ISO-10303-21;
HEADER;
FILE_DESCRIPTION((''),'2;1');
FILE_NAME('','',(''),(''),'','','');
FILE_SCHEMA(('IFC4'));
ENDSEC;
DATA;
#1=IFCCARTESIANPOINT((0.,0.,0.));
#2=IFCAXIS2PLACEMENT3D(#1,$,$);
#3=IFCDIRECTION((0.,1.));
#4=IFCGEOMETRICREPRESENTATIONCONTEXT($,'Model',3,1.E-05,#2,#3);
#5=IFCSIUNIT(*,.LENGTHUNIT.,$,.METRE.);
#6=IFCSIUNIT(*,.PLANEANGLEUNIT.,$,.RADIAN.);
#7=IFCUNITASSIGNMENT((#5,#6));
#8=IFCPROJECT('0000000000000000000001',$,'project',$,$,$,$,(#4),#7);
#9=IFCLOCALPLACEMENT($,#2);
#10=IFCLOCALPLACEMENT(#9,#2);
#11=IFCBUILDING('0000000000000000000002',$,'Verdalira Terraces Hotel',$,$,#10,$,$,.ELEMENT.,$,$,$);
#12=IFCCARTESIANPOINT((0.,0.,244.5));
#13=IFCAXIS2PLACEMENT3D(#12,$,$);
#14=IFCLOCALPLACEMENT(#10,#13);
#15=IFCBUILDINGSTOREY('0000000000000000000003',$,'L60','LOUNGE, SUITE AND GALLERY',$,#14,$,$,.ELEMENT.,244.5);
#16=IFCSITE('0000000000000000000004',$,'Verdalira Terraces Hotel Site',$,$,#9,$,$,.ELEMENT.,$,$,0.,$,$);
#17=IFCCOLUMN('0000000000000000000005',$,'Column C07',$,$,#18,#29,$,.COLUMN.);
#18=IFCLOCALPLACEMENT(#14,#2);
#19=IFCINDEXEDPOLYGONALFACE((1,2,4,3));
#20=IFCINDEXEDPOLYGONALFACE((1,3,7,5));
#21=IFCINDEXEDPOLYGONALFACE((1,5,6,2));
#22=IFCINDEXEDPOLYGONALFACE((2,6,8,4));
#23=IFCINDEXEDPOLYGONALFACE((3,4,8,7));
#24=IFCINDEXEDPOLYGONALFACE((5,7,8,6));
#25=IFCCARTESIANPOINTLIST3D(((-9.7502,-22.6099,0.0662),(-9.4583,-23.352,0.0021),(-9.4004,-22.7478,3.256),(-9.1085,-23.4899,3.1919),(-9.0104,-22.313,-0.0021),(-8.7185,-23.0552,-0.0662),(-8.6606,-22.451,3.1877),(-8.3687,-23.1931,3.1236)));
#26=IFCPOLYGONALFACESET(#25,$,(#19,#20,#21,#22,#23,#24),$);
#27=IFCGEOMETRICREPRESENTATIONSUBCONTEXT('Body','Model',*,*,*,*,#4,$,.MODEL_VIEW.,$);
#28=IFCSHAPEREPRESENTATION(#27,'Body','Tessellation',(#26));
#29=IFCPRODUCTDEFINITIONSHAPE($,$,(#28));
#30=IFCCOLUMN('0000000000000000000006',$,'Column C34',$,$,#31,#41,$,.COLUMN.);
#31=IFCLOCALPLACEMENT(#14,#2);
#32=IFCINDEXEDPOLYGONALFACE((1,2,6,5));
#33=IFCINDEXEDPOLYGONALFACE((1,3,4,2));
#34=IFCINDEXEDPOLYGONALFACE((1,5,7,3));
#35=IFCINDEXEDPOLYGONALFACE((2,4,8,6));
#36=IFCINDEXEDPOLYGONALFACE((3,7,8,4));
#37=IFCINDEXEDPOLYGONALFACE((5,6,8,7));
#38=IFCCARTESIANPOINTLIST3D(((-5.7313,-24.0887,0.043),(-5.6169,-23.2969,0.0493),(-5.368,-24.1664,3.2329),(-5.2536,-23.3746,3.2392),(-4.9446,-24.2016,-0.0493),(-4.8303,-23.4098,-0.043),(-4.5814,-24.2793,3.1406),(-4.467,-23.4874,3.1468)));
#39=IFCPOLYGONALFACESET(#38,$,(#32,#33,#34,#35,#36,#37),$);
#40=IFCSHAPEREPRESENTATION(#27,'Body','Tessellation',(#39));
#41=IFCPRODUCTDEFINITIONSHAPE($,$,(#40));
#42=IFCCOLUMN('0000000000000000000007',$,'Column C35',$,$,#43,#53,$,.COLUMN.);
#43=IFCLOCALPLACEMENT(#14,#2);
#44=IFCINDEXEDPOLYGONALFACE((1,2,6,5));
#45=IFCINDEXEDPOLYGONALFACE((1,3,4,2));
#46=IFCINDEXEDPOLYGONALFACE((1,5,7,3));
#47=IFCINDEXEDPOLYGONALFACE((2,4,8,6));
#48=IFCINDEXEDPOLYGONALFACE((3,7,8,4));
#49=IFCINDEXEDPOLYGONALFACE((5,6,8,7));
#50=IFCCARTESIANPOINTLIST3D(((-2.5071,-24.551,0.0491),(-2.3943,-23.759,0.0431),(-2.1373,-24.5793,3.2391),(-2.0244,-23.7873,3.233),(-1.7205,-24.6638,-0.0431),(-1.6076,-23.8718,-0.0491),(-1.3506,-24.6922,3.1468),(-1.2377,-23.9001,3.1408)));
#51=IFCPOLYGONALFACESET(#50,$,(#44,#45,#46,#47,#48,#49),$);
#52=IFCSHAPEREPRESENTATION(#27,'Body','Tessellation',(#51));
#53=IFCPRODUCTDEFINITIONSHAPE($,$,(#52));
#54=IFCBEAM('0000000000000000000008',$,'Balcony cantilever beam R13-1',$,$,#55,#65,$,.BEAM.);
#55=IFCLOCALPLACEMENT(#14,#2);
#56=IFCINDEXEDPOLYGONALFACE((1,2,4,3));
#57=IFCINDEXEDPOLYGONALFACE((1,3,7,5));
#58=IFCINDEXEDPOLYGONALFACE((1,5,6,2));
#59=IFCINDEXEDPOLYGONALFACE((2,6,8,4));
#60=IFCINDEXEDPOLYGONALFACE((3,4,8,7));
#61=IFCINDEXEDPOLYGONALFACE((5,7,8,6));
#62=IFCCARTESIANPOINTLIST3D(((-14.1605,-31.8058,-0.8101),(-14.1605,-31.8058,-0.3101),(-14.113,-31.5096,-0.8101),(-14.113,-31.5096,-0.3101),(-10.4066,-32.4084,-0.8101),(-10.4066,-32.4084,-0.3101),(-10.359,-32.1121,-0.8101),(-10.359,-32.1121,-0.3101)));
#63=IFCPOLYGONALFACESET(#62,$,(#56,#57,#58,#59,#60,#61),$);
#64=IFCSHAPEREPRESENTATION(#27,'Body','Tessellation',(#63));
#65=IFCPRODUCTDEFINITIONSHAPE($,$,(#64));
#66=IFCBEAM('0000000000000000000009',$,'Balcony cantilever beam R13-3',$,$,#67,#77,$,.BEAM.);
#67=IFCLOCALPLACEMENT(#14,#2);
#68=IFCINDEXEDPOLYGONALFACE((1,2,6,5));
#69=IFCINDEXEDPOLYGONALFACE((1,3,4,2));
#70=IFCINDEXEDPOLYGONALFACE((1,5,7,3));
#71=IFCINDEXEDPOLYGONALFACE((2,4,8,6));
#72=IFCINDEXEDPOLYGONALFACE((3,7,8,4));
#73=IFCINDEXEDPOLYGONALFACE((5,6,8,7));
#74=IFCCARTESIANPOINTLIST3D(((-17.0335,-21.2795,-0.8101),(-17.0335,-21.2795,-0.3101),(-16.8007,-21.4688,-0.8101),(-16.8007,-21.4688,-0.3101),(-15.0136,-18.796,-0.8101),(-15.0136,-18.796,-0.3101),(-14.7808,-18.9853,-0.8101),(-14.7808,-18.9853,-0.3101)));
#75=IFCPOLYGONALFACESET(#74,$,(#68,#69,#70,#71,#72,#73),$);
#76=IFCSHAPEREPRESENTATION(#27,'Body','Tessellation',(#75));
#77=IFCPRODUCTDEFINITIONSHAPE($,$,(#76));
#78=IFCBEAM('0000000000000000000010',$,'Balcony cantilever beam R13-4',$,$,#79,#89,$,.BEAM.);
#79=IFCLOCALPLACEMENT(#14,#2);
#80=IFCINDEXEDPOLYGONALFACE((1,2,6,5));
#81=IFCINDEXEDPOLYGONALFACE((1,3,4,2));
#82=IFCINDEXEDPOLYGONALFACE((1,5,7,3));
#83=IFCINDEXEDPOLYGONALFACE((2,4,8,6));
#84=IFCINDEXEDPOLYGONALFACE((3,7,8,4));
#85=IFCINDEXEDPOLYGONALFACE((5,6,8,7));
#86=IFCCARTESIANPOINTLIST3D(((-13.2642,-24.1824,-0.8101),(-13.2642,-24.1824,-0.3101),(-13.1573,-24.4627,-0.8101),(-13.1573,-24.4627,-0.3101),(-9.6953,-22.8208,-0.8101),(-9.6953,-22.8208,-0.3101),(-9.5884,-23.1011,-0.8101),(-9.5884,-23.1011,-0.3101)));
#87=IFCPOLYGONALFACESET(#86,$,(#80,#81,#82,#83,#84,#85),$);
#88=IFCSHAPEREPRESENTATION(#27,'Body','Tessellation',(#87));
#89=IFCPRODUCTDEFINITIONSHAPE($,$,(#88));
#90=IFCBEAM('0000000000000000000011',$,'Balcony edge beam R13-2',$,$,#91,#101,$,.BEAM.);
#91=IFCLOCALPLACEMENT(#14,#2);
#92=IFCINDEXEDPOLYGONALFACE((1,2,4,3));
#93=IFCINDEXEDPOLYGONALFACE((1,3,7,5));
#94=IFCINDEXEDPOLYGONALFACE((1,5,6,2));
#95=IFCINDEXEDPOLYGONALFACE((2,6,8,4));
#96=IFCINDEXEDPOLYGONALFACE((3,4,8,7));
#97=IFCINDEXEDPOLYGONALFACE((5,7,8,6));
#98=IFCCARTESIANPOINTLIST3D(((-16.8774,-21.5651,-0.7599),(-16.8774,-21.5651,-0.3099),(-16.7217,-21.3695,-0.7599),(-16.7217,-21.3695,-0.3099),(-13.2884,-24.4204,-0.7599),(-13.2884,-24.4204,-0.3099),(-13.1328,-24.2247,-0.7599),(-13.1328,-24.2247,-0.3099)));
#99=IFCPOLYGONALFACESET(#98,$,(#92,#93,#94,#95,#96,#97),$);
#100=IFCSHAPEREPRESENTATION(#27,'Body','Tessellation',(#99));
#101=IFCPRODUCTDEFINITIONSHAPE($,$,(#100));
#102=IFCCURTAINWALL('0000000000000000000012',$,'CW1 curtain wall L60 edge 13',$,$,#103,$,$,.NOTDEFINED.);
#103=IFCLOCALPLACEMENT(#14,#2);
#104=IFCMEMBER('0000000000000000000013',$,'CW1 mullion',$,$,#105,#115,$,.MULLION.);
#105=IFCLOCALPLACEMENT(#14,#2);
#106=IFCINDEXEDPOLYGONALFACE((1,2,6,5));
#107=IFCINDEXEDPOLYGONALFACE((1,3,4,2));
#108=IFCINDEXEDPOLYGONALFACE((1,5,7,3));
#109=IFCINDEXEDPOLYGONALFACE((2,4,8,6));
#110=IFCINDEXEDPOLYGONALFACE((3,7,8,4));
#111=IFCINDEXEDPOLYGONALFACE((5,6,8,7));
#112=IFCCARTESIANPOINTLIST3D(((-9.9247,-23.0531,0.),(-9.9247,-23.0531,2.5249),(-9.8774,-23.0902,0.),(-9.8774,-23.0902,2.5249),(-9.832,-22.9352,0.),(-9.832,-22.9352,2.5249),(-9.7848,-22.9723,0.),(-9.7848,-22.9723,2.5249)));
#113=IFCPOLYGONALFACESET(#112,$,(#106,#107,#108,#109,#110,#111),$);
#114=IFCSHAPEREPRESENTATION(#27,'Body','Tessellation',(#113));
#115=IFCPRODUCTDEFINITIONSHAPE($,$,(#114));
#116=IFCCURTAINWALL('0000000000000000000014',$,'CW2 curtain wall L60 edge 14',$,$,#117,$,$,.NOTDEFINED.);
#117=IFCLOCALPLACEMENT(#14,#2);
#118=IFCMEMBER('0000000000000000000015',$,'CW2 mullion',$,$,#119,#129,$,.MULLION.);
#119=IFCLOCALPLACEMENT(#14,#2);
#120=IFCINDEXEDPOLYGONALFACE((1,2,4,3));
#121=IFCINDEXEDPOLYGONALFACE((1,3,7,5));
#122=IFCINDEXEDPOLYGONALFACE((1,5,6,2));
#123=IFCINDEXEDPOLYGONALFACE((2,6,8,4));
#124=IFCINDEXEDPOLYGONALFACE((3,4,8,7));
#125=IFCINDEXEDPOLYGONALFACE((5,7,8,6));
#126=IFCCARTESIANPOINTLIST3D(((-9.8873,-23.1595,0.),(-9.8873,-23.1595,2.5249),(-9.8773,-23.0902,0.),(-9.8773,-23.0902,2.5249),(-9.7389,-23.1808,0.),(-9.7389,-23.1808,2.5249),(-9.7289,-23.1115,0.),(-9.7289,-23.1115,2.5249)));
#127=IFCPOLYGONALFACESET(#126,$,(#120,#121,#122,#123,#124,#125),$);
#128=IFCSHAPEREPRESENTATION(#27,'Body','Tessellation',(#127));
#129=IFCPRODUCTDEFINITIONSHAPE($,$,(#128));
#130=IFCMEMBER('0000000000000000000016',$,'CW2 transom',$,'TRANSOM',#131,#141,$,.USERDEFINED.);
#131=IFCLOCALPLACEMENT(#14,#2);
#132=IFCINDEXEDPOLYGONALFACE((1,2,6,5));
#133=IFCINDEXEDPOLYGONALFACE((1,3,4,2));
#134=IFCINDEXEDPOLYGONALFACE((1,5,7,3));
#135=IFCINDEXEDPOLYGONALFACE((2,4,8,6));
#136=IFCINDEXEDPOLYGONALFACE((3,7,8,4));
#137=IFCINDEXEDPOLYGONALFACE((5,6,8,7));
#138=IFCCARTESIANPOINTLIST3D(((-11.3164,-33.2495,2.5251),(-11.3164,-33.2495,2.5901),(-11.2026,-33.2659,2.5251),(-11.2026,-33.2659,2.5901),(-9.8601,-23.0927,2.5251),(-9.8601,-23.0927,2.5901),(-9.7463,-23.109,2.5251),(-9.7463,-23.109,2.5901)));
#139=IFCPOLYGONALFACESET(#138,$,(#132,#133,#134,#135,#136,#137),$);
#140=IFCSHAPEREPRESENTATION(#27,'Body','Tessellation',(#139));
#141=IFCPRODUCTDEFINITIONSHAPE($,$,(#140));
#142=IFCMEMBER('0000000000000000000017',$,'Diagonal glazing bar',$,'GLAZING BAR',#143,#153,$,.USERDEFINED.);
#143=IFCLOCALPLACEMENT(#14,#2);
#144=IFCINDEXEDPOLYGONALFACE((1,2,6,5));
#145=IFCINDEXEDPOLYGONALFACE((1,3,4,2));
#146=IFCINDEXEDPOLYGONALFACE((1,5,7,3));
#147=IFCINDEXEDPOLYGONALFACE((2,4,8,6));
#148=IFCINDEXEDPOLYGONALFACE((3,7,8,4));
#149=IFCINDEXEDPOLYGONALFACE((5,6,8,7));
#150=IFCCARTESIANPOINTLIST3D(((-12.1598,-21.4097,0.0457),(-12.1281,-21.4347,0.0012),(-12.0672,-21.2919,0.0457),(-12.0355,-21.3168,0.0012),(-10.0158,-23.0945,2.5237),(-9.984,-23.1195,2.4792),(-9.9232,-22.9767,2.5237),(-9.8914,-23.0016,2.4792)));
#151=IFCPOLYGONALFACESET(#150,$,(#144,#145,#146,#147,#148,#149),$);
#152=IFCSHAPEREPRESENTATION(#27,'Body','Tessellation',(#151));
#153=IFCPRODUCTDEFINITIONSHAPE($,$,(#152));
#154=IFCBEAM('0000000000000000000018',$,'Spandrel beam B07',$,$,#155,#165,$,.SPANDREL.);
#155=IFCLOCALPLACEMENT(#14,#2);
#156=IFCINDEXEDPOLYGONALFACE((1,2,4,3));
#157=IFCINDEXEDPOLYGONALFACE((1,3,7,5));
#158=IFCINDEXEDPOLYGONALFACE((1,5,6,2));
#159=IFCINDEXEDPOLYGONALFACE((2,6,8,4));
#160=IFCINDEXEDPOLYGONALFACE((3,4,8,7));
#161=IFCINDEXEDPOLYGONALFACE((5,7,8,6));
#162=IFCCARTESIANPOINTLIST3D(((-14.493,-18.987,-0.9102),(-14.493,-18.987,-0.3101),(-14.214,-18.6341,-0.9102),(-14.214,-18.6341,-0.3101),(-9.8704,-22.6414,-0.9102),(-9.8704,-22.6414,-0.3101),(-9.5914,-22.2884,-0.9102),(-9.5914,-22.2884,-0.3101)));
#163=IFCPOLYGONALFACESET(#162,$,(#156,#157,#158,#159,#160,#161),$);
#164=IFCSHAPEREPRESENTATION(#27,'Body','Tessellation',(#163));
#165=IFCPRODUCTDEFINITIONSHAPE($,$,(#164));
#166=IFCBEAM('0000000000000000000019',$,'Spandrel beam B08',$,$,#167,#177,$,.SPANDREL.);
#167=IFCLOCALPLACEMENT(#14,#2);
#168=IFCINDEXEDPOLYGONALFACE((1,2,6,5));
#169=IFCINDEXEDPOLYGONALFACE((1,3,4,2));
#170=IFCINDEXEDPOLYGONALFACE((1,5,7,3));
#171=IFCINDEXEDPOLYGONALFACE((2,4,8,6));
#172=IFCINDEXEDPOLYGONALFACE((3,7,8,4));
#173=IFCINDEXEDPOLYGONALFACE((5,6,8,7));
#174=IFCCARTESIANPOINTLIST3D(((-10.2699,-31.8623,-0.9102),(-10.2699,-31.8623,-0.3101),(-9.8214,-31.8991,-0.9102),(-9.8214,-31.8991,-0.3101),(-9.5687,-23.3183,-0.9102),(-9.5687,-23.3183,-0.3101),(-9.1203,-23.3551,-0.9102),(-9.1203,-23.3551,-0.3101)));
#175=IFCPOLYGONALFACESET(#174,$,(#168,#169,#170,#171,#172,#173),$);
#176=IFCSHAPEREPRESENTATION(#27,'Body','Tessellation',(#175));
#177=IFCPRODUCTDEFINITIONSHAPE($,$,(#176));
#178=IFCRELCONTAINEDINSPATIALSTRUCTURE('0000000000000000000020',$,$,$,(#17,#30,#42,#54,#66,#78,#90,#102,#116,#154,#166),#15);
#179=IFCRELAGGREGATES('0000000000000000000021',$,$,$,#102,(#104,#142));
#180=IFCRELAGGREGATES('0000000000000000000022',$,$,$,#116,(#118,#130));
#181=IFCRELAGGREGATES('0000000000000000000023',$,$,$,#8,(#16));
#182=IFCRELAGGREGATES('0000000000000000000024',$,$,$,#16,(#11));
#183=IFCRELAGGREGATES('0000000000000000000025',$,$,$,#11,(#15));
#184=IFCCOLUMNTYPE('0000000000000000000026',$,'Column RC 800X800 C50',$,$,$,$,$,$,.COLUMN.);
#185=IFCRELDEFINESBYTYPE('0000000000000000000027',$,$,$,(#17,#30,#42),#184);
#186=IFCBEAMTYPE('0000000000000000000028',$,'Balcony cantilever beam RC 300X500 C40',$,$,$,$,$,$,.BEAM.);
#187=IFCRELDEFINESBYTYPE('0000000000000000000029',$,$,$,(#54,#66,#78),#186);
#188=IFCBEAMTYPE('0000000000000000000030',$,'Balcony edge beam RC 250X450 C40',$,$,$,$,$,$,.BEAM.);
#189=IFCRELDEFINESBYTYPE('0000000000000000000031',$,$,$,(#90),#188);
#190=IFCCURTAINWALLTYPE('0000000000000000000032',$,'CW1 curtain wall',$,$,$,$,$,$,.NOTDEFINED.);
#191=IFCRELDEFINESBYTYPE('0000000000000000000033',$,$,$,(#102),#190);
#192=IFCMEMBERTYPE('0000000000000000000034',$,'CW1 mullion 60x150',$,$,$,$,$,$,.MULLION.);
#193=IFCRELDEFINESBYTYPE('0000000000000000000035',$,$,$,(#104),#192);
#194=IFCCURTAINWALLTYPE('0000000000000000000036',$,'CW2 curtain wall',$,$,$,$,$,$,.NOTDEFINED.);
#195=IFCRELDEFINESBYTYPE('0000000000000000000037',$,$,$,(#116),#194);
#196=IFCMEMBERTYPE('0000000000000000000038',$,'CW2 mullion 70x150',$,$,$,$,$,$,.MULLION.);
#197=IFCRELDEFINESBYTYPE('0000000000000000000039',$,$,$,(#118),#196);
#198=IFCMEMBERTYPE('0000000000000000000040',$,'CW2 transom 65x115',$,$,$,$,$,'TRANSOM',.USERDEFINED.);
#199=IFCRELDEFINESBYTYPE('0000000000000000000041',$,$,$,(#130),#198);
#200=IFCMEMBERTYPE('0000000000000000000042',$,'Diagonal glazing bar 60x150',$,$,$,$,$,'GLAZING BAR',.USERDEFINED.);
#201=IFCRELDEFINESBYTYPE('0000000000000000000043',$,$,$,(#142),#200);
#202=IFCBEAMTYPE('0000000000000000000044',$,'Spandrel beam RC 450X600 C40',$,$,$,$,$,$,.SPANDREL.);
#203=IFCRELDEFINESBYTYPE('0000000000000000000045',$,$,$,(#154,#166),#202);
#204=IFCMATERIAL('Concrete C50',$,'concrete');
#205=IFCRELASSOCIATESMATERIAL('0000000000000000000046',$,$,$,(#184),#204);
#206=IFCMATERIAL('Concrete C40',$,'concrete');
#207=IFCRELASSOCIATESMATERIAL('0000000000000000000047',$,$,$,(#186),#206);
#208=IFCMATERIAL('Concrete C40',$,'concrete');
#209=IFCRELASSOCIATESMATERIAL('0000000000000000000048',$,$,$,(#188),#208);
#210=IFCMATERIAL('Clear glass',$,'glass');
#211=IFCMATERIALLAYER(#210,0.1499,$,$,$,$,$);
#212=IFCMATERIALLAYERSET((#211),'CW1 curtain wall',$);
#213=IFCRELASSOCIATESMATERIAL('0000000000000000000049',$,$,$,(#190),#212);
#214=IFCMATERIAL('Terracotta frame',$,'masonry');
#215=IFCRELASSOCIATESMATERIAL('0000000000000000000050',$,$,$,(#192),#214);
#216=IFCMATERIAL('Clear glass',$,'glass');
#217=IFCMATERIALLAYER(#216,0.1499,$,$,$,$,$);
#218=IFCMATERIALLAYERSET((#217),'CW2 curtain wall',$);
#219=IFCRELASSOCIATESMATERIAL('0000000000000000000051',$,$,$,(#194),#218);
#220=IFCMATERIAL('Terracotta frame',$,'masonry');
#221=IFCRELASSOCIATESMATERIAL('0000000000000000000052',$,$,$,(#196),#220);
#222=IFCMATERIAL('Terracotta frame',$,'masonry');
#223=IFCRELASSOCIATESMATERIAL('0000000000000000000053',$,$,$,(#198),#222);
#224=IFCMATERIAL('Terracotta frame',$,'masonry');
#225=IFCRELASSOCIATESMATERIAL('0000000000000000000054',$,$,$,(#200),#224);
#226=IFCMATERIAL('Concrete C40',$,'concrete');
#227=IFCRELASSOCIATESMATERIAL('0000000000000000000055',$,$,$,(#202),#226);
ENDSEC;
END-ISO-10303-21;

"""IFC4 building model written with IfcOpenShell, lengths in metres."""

from ifc_helpers import new_model, si_unit, direction, frame, origin, origin_2d, place, context, subcontext, project, spatial, rectangle, extrude, material, layer, layer_set, material_profile, profile_set, type_object, element, aggregate, save


model = new_model("IFC4")

# Units and contexts
model_context = context("Model", 3, precision=1e-05, world=origin(), true_north=direction((0.0, 1.0)))
body_context = subcontext(model_context, "Body", "Model", "MODEL_VIEW")
ifc_project = project(units=[si_unit("LENGTHUNIT", "METRE"), si_unit("PLANEANGLEUNIT", "RADIAN")], contexts=[model_context])

# Site, building, storey
site_placement = place(None, origin())
site = spatial("IfcSite", under=ifc_project, at=site_placement, Name="Verdalira Terraces Hotel Site", CompositionType="ELEMENT", RefElevation=0.0)
building_placement = place(site_placement, origin())
building = spatial("IfcBuilding", under=site, at=building_placement, Name="Verdalira Terraces Hotel", CompositionType="ELEMENT")
storey_placement = place(building_placement, frame((0.0, 0.0, 244.5)))
storey = spatial("IfcBuildingStorey", under=building, at=storey_placement, Name="L60", Description="LOUNGE, SUITE AND GALLERY", CompositionType="ELEMENT", Elevation=244.5)

# Columns
ifc_material_1 = material(Name="Concrete C50", Category="concrete")
ifc_material_profile_1 = material_profile(ifc_material_1, rectangle(XDim=0.8, YDim=0.8, at=origin_2d()), Name="RC 800X800")
ifc_profile_set_1 = profile_set([ifc_material_profile_1], Name="Concrete C50")
column_type = type_object("IfcColumnType", Name="Column RC 800X800 C50", PredefinedType="COLUMN", material=ifc_profile_set_1)
column_placement = place(storey_placement, frame((-9.2344, -22.8325, 0.0), z_axis=(0.10892, -0.042945, 0.993122), x_axis=(-0.364796, 0.927634, 0.080121)))
element("IfcColumn", 1, at=column_placement, inside=storey, type_object=column_type, Name="Column C07", PredefinedType="COLUMN", context=body_context, shape_type="SweptSolid", body=[
    extrude(rectangle(XDim=0.8, YDim=0.8, at=origin_2d()), origin(), (0.0, 0.0, 1.0), 3.2119),
])
for number, where, z_axis, x_axis, name in (
    (2, (-5.2808, -23.7493, 0.0), (0.113119, -0.024175, 0.993287), (-0.142953, -0.989699, -0.007807), "Column C34"),
    (3, (-2.0574, -24.2114, 0.0), (0.115174, -0.008819, 0.993306), (-0.141089, -0.989968, 0.00757), "Column C35"),
):
    element("IfcColumn", number, at=place(storey_placement, frame(where, z_axis=z_axis, x_axis=x_axis)), inside=storey, type_object=column_type, Name=name, PredefinedType="COLUMN", context=body_context, shape_type="SweptSolid", body=[
        extrude(rectangle(XDim=0.8, YDim=0.8, at=origin_2d()), origin(), (0.0, 0.0, 1.0), 3.2114),
    ])

# Beams
ifc_material_2 = material(Name="Concrete C40", Category="concrete")
ifc_material_profile_2 = material_profile(ifc_material_2, rectangle(XDim=0.3, YDim=0.5, at=origin_2d()), Name="RC 300X500")
ifc_profile_set_2 = profile_set([ifc_material_profile_2], Name="Concrete C40")
beam_type_1 = type_object("IfcBeamType", Name="Balcony cantilever beam RC 300X500 C40", PredefinedType="BEAM", material=ifc_profile_set_2)
beam_1_placement = place(storey_placement, frame((-10.3828, -32.2603, -0.5601), z_axis=(-0.987362, 0.158481, 0.0), x_axis=(-0.158481, -0.987362, 0.0)))
element("IfcBeam", 4, at=beam_1_placement, inside=storey, type_object=beam_type_1, Name="Balcony cantilever beam R13-1", PredefinedType="BEAM", context=body_context, shape_type="SweptSolid", body=[
    extrude(rectangle(XDim=0.3, YDim=0.5, at=origin_2d()), origin(), (0.0, 0.0, 1.0), 3.802),
])
beam_2_placement = place(storey_placement, frame((-14.8972, -18.8906, -0.5601), z_axis=(-0.630972, -0.775806, 0.0), x_axis=(0.775806, -0.630972, 0.0)))
element("IfcBeam", 5, at=beam_2_placement, inside=storey, type_object=beam_type_1, Name="Balcony cantilever beam R13-3", PredefinedType="BEAM", context=body_context, shape_type="SweptSolid", body=[
    extrude(rectangle(XDim=0.3, YDim=0.5, at=origin_2d()), origin(), (0.0, 0.0, 1.0), 3.2012),
])
beam_3_placement = place(storey_placement, frame((-9.6418, -22.9609, -0.5601), z_axis=(-0.934312, -0.356455, 0.0), x_axis=(0.356455, -0.934312, 0.0)))
element("IfcBeam", 6, at=beam_3_placement, inside=storey, type_object=beam_type_1, Name="Balcony cantilever beam R13-4", PredefinedType="BEAM", context=body_context, shape_type="SweptSolid", body=[
    extrude(rectangle(XDim=0.3, YDim=0.5, at=origin_2d()), origin(), (0.0, 0.0, 1.0), 3.8198),
])
ifc_material_3 = material(Name="Concrete C40", Category="concrete")
ifc_material_profile_3 = material_profile(ifc_material_3, rectangle(XDim=0.25, YDim=0.45, at=origin_2d()), Name="RC 250X450")
ifc_profile_set_3 = profile_set([ifc_material_profile_3], Name="Concrete C40")
beam_type_2 = type_object("IfcBeamType", Name="Balcony edge beam RC 250X450 C40", PredefinedType="BEAM", material=ifc_profile_set_3)
beam_4_placement = place(storey_placement, frame((-16.7996, -21.4673, -0.5349), z_axis=(0.782554, -0.622583, 0.0), x_axis=(0.622583, 0.782554, 0.0)))
element("IfcBeam", 7, at=beam_4_placement, inside=storey, type_object=beam_type_2, Name="Balcony edge beam R13-2", PredefinedType="BEAM", context=body_context, shape_type="SweptSolid", body=[
    extrude(rectangle(XDim=0.25, YDim=0.45, at=origin_2d()), origin(), (0.0, 0.0, 1.0), 4.5862),
])

# Curtain wall, member
ifc_material_4 = material(Name="Clear glass", Category="glass")
ifc_layer_1 = layer(ifc_material_4, 0.1499)
ifc_layer_set_1 = layer_set([ifc_layer_1], Name="CW1 curtain wall")
curtain_wall_type_1 = type_object("IfcCurtainWallType", Name="CW1 curtain wall", PredefinedType="NOTDEFINED", material=ifc_layer_set_1)
curtain_wall_1_placement = place(storey_placement, origin())
curtain_wall_1 = element("IfcCurtainWall", 8, at=curtain_wall_1_placement, inside=storey, type_object=curtain_wall_type_1, Name="CW1 curtain wall L60 edge 13", PredefinedType="NOTDEFINED")
ifc_material_5 = material(Name="Terracotta frame", Category="masonry")
ifc_material_profile_4 = material_profile(ifc_material_5, rectangle(XDim=0.0601, YDim=0.1499, at=origin_2d()), Name="MU 60x150")
ifc_profile_set_4 = profile_set([ifc_material_profile_4], Name="Terracotta frame")
member_type_1 = type_object("IfcMemberType", Name="CW1 mullion 60x150", PredefinedType="MULLION", material=ifc_profile_set_4)
member_1_placement = place(storey_placement, frame((-9.8547, -23.0127, 0.0), z_axis=(0.0, 0.0, 1.0), x_axis=(0.786288, -0.61786, 0.0)))
member_1 = element("IfcMember", 9, at=member_1_placement, type_object=member_type_1, Name="CW1 mullion", PredefinedType="MULLION", context=body_context, shape_type="SweptSolid", body=[
    extrude(rectangle(XDim=0.0601, YDim=0.1499, at=origin_2d()), origin(), (0.0, 0.0, 1.0), 2.5249),
])

# Curtain wall, members
ifc_material_6 = material(Name="Clear glass", Category="glass")
ifc_layer_2 = layer(ifc_material_6, 0.1499)
ifc_layer_set_2 = layer_set([ifc_layer_2], Name="CW2 curtain wall")
curtain_wall_type_2 = type_object("IfcCurtainWallType", Name="CW2 curtain wall", PredefinedType="NOTDEFINED", material=ifc_layer_set_2)
curtain_wall_2_placement = place(storey_placement, origin())
curtain_wall_2 = element("IfcCurtainWall", 10, at=curtain_wall_2_placement, inside=storey, type_object=curtain_wall_type_2, Name="CW2 curtain wall L60 edge 14", PredefinedType="NOTDEFINED")
ifc_material_7 = material(Name="Terracotta frame", Category="masonry")
ifc_material_profile_5 = material_profile(ifc_material_7, rectangle(XDim=0.0701, YDim=0.1499, at=origin_2d()), Name="MU 70x150")
ifc_profile_set_5 = profile_set([ifc_material_profile_5], Name="Terracotta frame")
member_type_2 = type_object("IfcMemberType", Name="CW2 mullion 70x150", PredefinedType="MULLION", material=ifc_profile_set_5)
member_2_placement = place(storey_placement, frame((-9.8081, -23.1355, 0.0), z_axis=(0.0, 0.0, 1.0), x_axis=(-0.141938, -0.989876, 0.0)))
member_2 = element("IfcMember", 11, at=member_2_placement, type_object=member_type_2, Name="CW2 mullion", PredefinedType="MULLION", context=body_context, shape_type="SweptSolid", body=[
    extrude(rectangle(XDim=0.0701, YDim=0.1499, at=origin_2d()), origin(), (0.0, 0.0, 1.0), 2.5249),
])
ifc_material_8 = material(Name="Terracotta frame", Category="masonry")
ifc_material_profile_6 = material_profile(ifc_material_8, rectangle(XDim=0.115, YDim=0.0649, at=origin_2d()), Name="TR 65x115")
ifc_profile_set_6 = profile_set([ifc_material_profile_6], Name="Terracotta frame")
member_type_3 = type_object("IfcMemberType", Name="CW2 transom 65x115", ElementType="TRANSOM", PredefinedType="USERDEFINED", material=ifc_profile_set_6)
member_3_placement = place(storey_placement, frame((-9.8032, -23.1008, 2.5576), z_axis=(-0.141928, -0.989877, 0.0), x_axis=(0.989877, -0.141928, 0.0)))
member_3 = element("IfcMember", 12, at=member_3_placement, type_object=member_type_3, Name="CW2 transom", ObjectType="TRANSOM", PredefinedType="USERDEFINED", context=body_context, shape_type="SweptSolid", body=[
    extrude(rectangle(XDim=0.115, YDim=0.0649, at=origin_2d()), origin(), (0.0, 0.0, 1.0), 10.2607),
])

# Member
ifc_material_9 = material(Name="Terracotta frame", Category="masonry")
ifc_material_profile_7 = material_profile(ifc_material_9, rectangle(XDim=0.1499, YDim=0.0601, at=origin_2d()), Name="GB 60x150")
ifc_profile_set_7 = profile_set([ifc_material_profile_7], Name="Terracotta frame")
member_type_4 = type_object("IfcMemberType", Name="Diagonal glazing bar 60x150", ElementType="GLAZING BAR", PredefinedType="USERDEFINED", material=ifc_profile_set_7)
member_4_placement = place(storey_placement, frame((-12.0977, -21.3633, 0.0234), z_axis=(0.581896, -0.457261, 0.67254), x_axis=(0.617869, 0.786281, 0.0)))
member_4 = element("IfcMember", 13, at=member_4_placement, type_object=member_type_4, Name="Diagonal glazing bar", ObjectType="GLAZING BAR", PredefinedType="USERDEFINED", context=body_context, shape_type="SweptSolid", body=[
    extrude(rectangle(XDim=0.1499, YDim=0.0601, at=origin_2d()), origin(), (0.0, 0.0, 1.0), 3.6846),
])

# Beams
ifc_material_10 = material(Name="Concrete C40", Category="concrete")
ifc_material_profile_8 = material_profile(ifc_material_10, rectangle(XDim=0.45, YDim=0.6001, at=origin_2d()), Name="RC 450X600")
ifc_profile_set_8 = profile_set([ifc_material_profile_8], Name="Concrete C40")
beam_type_3 = type_object("IfcBeamType", Name="Spandrel beam RC 450X600 C40", PredefinedType="SPANDREL", material=ifc_profile_set_8)
beam_5_placement = place(storey_placement, frame((-14.3535, -18.8105, -0.6101), z_axis=(0.784477, -0.620157, 0.0), x_axis=(0.620157, 0.784477, 0.0)))
element("IfcBeam", 14, at=beam_5_placement, inside=storey, type_object=beam_type_3, Name="Spandrel beam B07", PredefinedType="SPANDREL", context=body_context, shape_type="SweptSolid", body=[
    extrude(rectangle(XDim=0.45, YDim=0.6001, at=origin_2d()), origin(), (0.0, 0.0, 1.0), 5.8926),
])
beam_6_placement = place(storey_placement, frame((-9.3445, -23.3367, -0.6101), z_axis=(-0.081792, -0.996649, 0.0), x_axis=(0.996649, -0.081792, 0.0)))
element("IfcBeam", 15, at=beam_6_placement, inside=storey, type_object=beam_type_3, Name="Spandrel beam B08", PredefinedType="SPANDREL", context=body_context, shape_type="SweptSolid", body=[
    extrude(rectangle(XDim=0.45, YDim=0.6001, at=origin_2d()), origin(), (0.0, 0.0, 1.0), 8.5728),
])

aggregate(curtain_wall_1, [member_1, member_4])
aggregate(curtain_wall_2, [member_2, member_3])

save(model, "model.ifc")
